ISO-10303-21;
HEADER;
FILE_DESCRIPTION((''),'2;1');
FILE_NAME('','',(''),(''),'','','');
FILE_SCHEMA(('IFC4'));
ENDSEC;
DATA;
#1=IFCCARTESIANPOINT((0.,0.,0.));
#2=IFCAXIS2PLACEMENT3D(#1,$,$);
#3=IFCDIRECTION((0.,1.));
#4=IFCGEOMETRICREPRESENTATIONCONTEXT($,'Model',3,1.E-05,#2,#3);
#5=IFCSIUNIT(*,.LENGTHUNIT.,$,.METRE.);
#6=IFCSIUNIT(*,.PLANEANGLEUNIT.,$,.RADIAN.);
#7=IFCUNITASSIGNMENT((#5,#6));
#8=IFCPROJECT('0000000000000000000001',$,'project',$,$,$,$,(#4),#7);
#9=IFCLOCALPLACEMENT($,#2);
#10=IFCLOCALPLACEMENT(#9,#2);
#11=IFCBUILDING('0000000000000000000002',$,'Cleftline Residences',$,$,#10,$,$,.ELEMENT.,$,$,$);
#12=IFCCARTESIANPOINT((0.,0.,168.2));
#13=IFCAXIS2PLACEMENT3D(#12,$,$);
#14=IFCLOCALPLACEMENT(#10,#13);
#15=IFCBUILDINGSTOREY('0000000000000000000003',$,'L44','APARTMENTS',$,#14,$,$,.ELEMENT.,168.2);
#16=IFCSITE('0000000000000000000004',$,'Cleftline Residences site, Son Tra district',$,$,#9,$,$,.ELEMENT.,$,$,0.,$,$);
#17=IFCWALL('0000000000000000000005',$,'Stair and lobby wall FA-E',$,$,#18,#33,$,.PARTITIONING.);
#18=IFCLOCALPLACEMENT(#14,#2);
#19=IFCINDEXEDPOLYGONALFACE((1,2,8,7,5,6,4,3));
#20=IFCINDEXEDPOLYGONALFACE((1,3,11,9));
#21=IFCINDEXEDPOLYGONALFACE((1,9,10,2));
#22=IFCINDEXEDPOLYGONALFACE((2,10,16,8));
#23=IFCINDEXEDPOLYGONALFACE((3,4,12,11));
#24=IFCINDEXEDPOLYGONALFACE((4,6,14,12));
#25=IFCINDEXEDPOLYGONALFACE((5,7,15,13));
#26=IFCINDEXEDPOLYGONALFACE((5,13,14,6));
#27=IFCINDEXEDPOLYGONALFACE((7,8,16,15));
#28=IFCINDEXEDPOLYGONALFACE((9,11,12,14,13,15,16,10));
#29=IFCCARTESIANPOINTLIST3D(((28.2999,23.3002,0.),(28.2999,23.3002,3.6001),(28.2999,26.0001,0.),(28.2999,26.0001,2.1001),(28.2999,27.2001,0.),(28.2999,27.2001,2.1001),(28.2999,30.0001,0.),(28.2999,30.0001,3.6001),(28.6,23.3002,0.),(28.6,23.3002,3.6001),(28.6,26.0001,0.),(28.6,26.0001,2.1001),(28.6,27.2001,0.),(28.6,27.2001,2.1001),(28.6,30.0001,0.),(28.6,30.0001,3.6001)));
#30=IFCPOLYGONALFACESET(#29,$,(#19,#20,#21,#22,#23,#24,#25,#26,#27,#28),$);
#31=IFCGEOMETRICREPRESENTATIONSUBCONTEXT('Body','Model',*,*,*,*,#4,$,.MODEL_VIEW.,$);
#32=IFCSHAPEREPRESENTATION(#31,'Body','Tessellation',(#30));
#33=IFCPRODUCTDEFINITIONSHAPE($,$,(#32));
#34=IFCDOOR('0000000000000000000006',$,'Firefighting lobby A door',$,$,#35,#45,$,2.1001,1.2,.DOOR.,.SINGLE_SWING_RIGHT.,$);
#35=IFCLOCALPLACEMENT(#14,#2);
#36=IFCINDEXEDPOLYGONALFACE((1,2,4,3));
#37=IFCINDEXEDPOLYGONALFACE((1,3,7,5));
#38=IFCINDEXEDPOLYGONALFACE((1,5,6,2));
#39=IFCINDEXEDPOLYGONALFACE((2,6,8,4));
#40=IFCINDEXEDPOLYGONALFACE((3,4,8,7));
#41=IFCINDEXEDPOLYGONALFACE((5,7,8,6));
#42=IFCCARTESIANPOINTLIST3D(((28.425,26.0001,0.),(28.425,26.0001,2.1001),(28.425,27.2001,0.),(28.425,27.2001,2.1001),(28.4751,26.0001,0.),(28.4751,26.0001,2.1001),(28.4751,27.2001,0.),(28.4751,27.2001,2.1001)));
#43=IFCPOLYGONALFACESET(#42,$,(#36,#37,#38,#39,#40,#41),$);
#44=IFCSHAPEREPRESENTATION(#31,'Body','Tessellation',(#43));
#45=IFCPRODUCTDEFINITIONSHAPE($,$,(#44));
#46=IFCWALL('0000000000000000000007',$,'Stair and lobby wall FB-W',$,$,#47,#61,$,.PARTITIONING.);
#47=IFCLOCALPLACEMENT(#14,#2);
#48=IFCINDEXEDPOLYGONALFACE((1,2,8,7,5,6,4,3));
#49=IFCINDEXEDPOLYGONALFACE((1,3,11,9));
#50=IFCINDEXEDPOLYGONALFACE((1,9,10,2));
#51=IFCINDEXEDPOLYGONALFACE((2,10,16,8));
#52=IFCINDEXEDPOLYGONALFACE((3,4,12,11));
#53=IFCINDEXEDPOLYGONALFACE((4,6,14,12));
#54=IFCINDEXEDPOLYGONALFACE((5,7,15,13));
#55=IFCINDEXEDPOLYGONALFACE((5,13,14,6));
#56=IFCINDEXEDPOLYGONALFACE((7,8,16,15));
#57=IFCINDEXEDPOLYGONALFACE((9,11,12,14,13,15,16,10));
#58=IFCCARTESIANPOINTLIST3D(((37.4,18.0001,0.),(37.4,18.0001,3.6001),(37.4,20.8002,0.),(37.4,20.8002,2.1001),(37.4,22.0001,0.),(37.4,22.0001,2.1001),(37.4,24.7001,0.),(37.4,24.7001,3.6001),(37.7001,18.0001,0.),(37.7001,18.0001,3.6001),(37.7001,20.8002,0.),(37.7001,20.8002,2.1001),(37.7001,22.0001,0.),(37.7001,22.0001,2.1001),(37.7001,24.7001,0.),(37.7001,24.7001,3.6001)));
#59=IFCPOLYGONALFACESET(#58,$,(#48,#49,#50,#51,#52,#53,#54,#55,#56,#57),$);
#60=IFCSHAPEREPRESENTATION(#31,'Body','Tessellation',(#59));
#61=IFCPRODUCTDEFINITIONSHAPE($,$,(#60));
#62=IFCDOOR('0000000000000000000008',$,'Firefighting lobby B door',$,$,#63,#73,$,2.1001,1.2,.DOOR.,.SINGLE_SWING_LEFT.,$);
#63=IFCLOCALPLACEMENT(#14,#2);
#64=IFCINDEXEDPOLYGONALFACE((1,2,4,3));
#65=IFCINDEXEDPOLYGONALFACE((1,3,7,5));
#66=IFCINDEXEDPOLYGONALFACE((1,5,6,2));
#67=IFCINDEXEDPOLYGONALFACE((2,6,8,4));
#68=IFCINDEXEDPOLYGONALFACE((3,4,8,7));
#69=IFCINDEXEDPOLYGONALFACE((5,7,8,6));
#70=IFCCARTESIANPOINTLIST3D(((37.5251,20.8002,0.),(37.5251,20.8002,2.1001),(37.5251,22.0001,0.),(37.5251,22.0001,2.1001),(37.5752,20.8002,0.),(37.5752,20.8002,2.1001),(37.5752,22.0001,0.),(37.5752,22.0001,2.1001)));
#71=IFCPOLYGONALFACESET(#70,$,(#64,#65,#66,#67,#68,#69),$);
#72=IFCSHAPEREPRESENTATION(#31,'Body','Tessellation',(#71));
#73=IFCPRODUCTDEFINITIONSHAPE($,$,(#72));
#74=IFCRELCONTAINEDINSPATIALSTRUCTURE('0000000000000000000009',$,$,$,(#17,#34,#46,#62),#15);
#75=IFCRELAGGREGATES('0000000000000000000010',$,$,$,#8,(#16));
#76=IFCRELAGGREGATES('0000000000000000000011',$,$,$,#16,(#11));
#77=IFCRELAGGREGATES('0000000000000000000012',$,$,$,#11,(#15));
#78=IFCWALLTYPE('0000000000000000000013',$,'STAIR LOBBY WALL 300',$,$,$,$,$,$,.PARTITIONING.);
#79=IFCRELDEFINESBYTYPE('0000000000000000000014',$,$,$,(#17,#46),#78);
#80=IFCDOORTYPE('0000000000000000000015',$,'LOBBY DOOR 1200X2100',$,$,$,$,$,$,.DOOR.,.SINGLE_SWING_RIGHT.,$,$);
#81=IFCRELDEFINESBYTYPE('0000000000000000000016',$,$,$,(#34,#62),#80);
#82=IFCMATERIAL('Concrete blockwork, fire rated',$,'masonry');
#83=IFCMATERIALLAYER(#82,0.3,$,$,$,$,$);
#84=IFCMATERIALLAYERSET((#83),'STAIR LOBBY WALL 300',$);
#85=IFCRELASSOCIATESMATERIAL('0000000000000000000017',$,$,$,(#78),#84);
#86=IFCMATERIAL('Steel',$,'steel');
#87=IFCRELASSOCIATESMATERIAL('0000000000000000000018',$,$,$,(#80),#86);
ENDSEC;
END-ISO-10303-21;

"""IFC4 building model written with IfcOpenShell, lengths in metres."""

from ifc_helpers import new_model, si_unit, direction, frame, frame_2d, origin, place, context, subcontext, project, spatial, rectangle, extrude, material, layer, layer_set, type_object, element, fill, save


model = new_model("IFC4")

# Units and contexts
model_context = context("Model", 3, precision=1e-05, world=origin(), true_north=direction((0.0, 1.0)))
body_context = subcontext(model_context, "Body", "Model", "MODEL_VIEW")
ifc_project = project(units=[si_unit("LENGTHUNIT", "METRE"), si_unit("PLANEANGLEUNIT", "RADIAN")], contexts=[model_context])

# Site, building, storey
site_placement = place(None, origin())
site = spatial("IfcSite", under=ifc_project, at=site_placement, Name="Cleftline Residences site, Son Tra district", CompositionType="ELEMENT", RefElevation=0.0)
building_placement = place(site_placement, origin())
building = spatial("IfcBuilding", under=site, at=building_placement, Name="Cleftline Residences", CompositionType="ELEMENT")
storey_placement = place(building_placement, frame((0.0, 0.0, 168.2)))
storey = spatial("IfcBuildingStorey", under=building, at=storey_placement, Name="L44", Description="APARTMENTS", CompositionType="ELEMENT", Elevation=168.2)

# Walls, openings, doors
ifc_material_1 = material(Name="Concrete blockwork, fire rated", Category="masonry")
ifc_layer_1 = layer(ifc_material_1, 0.3)
ifc_layer_set_1 = layer_set([ifc_layer_1], Name="STAIR LOBBY WALL 300")
wall_type_1 = type_object("IfcWallType", Name="STAIR LOBBY WALL 300", PredefinedType="PARTITIONING", material=ifc_layer_set_1)
wall_1_placement = place(storey_placement, frame((28.45, 23.3, 0.0), z_axis=(0.0, 0.0, 1.0), x_axis=(0.0, 1.0, 0.0)))
wall_1 = element("IfcWall", 1, at=wall_1_placement, inside=storey, type_object=wall_type_1, Name="Stair and lobby wall FA-E", PredefinedType="PARTITIONING", context=body_context, shape_type="SweptSolid", body=[
    extrude(rectangle(XDim=6.7, YDim=0.3, at=frame_2d((3.3501, 0.0))), origin(), (0.0, 0.0, 1.0), 3.6001),
])
opening_1_placement = place(wall_1_placement, frame((2.7, 0.0, 0.0)))
opening_1 = element("IfcOpeningElement", 2, at=opening_1_placement, cuts=wall_1, PredefinedType="OPENING", context=body_context, shape_type="SweptSolid", body=[
    extrude(rectangle(XDim=1.2, YDim=2.1001, at=frame_2d((0.6001, 1.05))), frame((0.0, 0.1599, 0.0), z_axis=(0.0, -1.0, 0.0), x_axis=(1.0, 0.0, 0.0)), (0.0, 0.0, 1.0), 0.3201),
])
ifc_material_2 = material(Name="Steel", Category="steel")
door_type_1 = type_object("IfcDoorType", Name="LOBBY DOOR 1200X2100", OperationType="SINGLE_SWING_RIGHT", PredefinedType="DOOR", material=ifc_material_2)
door_1_placement = place(opening_1_placement, origin())
door_1 = element("IfcDoor", 3, at=door_1_placement, inside=storey, type_object=door_type_1, Name="Firefighting lobby A door", OperationType="SINGLE_SWING_RIGHT", OverallHeight=2.1001, OverallWidth=1.2, PredefinedType="DOOR", context=body_context, shape_type="SweptSolid", body=[
    extrude(rectangle(XDim=1.2, YDim=2.1001, at=frame_2d((0.6001, 1.05))), frame((0.0, 0.0249, 0.0), z_axis=(0.0, -1.0, 0.0), x_axis=(1.0, 0.0, 0.0)), (0.0, 0.0, 1.0), 0.05),
])
fill(opening_1, door_1)
wall_2_placement = place(storey_placement, frame((37.55, 18.0, 0.0), z_axis=(0.0, 0.0, 1.0), x_axis=(0.0, 1.0, 0.0)))
wall_2 = element("IfcWall", 4, at=wall_2_placement, inside=storey, type_object=wall_type_1, Name="Stair and lobby wall FB-W", PredefinedType="PARTITIONING", context=body_context, shape_type="SweptSolid", body=[
    extrude(rectangle(XDim=6.7, YDim=0.3, at=frame_2d((3.3501, 0.0))), origin(), (0.0, 0.0, 1.0), 3.6001),
])
opening_2_placement = place(wall_2_placement, frame((2.8, 0.0, 0.0)))
opening_2 = element("IfcOpeningElement", 5, at=opening_2_placement, cuts=wall_2, PredefinedType="OPENING", context=body_context, shape_type="SweptSolid", body=[
    extrude(rectangle(XDim=1.2, YDim=2.1001, at=frame_2d((0.6001, 1.05))), frame((0.0, 0.1599, 0.0), z_axis=(0.0, -1.0, 0.0), x_axis=(1.0, 0.0, 0.0)), (0.0, 0.0, 1.0), 0.3201),
])
door_2_placement = place(opening_2_placement, origin())
door_2 = element("IfcDoor", 6, at=door_2_placement, inside=storey, type_object=door_type_1, Name="Firefighting lobby B door", OperationType="SINGLE_SWING_LEFT", OverallHeight=2.1001, OverallWidth=1.2, PredefinedType="DOOR", context=body_context, shape_type="SweptSolid", body=[
    extrude(rectangle(XDim=1.2, YDim=2.1001, at=frame_2d((0.6001, 1.05))), frame((0.0, 0.0249, 0.0), z_axis=(0.0, -1.0, 0.0), x_axis=(1.0, 0.0, 0.0)), (0.0, 0.0, 1.0), 0.05),
])
fill(opening_2, door_2)

save(model, "model.ifc")
